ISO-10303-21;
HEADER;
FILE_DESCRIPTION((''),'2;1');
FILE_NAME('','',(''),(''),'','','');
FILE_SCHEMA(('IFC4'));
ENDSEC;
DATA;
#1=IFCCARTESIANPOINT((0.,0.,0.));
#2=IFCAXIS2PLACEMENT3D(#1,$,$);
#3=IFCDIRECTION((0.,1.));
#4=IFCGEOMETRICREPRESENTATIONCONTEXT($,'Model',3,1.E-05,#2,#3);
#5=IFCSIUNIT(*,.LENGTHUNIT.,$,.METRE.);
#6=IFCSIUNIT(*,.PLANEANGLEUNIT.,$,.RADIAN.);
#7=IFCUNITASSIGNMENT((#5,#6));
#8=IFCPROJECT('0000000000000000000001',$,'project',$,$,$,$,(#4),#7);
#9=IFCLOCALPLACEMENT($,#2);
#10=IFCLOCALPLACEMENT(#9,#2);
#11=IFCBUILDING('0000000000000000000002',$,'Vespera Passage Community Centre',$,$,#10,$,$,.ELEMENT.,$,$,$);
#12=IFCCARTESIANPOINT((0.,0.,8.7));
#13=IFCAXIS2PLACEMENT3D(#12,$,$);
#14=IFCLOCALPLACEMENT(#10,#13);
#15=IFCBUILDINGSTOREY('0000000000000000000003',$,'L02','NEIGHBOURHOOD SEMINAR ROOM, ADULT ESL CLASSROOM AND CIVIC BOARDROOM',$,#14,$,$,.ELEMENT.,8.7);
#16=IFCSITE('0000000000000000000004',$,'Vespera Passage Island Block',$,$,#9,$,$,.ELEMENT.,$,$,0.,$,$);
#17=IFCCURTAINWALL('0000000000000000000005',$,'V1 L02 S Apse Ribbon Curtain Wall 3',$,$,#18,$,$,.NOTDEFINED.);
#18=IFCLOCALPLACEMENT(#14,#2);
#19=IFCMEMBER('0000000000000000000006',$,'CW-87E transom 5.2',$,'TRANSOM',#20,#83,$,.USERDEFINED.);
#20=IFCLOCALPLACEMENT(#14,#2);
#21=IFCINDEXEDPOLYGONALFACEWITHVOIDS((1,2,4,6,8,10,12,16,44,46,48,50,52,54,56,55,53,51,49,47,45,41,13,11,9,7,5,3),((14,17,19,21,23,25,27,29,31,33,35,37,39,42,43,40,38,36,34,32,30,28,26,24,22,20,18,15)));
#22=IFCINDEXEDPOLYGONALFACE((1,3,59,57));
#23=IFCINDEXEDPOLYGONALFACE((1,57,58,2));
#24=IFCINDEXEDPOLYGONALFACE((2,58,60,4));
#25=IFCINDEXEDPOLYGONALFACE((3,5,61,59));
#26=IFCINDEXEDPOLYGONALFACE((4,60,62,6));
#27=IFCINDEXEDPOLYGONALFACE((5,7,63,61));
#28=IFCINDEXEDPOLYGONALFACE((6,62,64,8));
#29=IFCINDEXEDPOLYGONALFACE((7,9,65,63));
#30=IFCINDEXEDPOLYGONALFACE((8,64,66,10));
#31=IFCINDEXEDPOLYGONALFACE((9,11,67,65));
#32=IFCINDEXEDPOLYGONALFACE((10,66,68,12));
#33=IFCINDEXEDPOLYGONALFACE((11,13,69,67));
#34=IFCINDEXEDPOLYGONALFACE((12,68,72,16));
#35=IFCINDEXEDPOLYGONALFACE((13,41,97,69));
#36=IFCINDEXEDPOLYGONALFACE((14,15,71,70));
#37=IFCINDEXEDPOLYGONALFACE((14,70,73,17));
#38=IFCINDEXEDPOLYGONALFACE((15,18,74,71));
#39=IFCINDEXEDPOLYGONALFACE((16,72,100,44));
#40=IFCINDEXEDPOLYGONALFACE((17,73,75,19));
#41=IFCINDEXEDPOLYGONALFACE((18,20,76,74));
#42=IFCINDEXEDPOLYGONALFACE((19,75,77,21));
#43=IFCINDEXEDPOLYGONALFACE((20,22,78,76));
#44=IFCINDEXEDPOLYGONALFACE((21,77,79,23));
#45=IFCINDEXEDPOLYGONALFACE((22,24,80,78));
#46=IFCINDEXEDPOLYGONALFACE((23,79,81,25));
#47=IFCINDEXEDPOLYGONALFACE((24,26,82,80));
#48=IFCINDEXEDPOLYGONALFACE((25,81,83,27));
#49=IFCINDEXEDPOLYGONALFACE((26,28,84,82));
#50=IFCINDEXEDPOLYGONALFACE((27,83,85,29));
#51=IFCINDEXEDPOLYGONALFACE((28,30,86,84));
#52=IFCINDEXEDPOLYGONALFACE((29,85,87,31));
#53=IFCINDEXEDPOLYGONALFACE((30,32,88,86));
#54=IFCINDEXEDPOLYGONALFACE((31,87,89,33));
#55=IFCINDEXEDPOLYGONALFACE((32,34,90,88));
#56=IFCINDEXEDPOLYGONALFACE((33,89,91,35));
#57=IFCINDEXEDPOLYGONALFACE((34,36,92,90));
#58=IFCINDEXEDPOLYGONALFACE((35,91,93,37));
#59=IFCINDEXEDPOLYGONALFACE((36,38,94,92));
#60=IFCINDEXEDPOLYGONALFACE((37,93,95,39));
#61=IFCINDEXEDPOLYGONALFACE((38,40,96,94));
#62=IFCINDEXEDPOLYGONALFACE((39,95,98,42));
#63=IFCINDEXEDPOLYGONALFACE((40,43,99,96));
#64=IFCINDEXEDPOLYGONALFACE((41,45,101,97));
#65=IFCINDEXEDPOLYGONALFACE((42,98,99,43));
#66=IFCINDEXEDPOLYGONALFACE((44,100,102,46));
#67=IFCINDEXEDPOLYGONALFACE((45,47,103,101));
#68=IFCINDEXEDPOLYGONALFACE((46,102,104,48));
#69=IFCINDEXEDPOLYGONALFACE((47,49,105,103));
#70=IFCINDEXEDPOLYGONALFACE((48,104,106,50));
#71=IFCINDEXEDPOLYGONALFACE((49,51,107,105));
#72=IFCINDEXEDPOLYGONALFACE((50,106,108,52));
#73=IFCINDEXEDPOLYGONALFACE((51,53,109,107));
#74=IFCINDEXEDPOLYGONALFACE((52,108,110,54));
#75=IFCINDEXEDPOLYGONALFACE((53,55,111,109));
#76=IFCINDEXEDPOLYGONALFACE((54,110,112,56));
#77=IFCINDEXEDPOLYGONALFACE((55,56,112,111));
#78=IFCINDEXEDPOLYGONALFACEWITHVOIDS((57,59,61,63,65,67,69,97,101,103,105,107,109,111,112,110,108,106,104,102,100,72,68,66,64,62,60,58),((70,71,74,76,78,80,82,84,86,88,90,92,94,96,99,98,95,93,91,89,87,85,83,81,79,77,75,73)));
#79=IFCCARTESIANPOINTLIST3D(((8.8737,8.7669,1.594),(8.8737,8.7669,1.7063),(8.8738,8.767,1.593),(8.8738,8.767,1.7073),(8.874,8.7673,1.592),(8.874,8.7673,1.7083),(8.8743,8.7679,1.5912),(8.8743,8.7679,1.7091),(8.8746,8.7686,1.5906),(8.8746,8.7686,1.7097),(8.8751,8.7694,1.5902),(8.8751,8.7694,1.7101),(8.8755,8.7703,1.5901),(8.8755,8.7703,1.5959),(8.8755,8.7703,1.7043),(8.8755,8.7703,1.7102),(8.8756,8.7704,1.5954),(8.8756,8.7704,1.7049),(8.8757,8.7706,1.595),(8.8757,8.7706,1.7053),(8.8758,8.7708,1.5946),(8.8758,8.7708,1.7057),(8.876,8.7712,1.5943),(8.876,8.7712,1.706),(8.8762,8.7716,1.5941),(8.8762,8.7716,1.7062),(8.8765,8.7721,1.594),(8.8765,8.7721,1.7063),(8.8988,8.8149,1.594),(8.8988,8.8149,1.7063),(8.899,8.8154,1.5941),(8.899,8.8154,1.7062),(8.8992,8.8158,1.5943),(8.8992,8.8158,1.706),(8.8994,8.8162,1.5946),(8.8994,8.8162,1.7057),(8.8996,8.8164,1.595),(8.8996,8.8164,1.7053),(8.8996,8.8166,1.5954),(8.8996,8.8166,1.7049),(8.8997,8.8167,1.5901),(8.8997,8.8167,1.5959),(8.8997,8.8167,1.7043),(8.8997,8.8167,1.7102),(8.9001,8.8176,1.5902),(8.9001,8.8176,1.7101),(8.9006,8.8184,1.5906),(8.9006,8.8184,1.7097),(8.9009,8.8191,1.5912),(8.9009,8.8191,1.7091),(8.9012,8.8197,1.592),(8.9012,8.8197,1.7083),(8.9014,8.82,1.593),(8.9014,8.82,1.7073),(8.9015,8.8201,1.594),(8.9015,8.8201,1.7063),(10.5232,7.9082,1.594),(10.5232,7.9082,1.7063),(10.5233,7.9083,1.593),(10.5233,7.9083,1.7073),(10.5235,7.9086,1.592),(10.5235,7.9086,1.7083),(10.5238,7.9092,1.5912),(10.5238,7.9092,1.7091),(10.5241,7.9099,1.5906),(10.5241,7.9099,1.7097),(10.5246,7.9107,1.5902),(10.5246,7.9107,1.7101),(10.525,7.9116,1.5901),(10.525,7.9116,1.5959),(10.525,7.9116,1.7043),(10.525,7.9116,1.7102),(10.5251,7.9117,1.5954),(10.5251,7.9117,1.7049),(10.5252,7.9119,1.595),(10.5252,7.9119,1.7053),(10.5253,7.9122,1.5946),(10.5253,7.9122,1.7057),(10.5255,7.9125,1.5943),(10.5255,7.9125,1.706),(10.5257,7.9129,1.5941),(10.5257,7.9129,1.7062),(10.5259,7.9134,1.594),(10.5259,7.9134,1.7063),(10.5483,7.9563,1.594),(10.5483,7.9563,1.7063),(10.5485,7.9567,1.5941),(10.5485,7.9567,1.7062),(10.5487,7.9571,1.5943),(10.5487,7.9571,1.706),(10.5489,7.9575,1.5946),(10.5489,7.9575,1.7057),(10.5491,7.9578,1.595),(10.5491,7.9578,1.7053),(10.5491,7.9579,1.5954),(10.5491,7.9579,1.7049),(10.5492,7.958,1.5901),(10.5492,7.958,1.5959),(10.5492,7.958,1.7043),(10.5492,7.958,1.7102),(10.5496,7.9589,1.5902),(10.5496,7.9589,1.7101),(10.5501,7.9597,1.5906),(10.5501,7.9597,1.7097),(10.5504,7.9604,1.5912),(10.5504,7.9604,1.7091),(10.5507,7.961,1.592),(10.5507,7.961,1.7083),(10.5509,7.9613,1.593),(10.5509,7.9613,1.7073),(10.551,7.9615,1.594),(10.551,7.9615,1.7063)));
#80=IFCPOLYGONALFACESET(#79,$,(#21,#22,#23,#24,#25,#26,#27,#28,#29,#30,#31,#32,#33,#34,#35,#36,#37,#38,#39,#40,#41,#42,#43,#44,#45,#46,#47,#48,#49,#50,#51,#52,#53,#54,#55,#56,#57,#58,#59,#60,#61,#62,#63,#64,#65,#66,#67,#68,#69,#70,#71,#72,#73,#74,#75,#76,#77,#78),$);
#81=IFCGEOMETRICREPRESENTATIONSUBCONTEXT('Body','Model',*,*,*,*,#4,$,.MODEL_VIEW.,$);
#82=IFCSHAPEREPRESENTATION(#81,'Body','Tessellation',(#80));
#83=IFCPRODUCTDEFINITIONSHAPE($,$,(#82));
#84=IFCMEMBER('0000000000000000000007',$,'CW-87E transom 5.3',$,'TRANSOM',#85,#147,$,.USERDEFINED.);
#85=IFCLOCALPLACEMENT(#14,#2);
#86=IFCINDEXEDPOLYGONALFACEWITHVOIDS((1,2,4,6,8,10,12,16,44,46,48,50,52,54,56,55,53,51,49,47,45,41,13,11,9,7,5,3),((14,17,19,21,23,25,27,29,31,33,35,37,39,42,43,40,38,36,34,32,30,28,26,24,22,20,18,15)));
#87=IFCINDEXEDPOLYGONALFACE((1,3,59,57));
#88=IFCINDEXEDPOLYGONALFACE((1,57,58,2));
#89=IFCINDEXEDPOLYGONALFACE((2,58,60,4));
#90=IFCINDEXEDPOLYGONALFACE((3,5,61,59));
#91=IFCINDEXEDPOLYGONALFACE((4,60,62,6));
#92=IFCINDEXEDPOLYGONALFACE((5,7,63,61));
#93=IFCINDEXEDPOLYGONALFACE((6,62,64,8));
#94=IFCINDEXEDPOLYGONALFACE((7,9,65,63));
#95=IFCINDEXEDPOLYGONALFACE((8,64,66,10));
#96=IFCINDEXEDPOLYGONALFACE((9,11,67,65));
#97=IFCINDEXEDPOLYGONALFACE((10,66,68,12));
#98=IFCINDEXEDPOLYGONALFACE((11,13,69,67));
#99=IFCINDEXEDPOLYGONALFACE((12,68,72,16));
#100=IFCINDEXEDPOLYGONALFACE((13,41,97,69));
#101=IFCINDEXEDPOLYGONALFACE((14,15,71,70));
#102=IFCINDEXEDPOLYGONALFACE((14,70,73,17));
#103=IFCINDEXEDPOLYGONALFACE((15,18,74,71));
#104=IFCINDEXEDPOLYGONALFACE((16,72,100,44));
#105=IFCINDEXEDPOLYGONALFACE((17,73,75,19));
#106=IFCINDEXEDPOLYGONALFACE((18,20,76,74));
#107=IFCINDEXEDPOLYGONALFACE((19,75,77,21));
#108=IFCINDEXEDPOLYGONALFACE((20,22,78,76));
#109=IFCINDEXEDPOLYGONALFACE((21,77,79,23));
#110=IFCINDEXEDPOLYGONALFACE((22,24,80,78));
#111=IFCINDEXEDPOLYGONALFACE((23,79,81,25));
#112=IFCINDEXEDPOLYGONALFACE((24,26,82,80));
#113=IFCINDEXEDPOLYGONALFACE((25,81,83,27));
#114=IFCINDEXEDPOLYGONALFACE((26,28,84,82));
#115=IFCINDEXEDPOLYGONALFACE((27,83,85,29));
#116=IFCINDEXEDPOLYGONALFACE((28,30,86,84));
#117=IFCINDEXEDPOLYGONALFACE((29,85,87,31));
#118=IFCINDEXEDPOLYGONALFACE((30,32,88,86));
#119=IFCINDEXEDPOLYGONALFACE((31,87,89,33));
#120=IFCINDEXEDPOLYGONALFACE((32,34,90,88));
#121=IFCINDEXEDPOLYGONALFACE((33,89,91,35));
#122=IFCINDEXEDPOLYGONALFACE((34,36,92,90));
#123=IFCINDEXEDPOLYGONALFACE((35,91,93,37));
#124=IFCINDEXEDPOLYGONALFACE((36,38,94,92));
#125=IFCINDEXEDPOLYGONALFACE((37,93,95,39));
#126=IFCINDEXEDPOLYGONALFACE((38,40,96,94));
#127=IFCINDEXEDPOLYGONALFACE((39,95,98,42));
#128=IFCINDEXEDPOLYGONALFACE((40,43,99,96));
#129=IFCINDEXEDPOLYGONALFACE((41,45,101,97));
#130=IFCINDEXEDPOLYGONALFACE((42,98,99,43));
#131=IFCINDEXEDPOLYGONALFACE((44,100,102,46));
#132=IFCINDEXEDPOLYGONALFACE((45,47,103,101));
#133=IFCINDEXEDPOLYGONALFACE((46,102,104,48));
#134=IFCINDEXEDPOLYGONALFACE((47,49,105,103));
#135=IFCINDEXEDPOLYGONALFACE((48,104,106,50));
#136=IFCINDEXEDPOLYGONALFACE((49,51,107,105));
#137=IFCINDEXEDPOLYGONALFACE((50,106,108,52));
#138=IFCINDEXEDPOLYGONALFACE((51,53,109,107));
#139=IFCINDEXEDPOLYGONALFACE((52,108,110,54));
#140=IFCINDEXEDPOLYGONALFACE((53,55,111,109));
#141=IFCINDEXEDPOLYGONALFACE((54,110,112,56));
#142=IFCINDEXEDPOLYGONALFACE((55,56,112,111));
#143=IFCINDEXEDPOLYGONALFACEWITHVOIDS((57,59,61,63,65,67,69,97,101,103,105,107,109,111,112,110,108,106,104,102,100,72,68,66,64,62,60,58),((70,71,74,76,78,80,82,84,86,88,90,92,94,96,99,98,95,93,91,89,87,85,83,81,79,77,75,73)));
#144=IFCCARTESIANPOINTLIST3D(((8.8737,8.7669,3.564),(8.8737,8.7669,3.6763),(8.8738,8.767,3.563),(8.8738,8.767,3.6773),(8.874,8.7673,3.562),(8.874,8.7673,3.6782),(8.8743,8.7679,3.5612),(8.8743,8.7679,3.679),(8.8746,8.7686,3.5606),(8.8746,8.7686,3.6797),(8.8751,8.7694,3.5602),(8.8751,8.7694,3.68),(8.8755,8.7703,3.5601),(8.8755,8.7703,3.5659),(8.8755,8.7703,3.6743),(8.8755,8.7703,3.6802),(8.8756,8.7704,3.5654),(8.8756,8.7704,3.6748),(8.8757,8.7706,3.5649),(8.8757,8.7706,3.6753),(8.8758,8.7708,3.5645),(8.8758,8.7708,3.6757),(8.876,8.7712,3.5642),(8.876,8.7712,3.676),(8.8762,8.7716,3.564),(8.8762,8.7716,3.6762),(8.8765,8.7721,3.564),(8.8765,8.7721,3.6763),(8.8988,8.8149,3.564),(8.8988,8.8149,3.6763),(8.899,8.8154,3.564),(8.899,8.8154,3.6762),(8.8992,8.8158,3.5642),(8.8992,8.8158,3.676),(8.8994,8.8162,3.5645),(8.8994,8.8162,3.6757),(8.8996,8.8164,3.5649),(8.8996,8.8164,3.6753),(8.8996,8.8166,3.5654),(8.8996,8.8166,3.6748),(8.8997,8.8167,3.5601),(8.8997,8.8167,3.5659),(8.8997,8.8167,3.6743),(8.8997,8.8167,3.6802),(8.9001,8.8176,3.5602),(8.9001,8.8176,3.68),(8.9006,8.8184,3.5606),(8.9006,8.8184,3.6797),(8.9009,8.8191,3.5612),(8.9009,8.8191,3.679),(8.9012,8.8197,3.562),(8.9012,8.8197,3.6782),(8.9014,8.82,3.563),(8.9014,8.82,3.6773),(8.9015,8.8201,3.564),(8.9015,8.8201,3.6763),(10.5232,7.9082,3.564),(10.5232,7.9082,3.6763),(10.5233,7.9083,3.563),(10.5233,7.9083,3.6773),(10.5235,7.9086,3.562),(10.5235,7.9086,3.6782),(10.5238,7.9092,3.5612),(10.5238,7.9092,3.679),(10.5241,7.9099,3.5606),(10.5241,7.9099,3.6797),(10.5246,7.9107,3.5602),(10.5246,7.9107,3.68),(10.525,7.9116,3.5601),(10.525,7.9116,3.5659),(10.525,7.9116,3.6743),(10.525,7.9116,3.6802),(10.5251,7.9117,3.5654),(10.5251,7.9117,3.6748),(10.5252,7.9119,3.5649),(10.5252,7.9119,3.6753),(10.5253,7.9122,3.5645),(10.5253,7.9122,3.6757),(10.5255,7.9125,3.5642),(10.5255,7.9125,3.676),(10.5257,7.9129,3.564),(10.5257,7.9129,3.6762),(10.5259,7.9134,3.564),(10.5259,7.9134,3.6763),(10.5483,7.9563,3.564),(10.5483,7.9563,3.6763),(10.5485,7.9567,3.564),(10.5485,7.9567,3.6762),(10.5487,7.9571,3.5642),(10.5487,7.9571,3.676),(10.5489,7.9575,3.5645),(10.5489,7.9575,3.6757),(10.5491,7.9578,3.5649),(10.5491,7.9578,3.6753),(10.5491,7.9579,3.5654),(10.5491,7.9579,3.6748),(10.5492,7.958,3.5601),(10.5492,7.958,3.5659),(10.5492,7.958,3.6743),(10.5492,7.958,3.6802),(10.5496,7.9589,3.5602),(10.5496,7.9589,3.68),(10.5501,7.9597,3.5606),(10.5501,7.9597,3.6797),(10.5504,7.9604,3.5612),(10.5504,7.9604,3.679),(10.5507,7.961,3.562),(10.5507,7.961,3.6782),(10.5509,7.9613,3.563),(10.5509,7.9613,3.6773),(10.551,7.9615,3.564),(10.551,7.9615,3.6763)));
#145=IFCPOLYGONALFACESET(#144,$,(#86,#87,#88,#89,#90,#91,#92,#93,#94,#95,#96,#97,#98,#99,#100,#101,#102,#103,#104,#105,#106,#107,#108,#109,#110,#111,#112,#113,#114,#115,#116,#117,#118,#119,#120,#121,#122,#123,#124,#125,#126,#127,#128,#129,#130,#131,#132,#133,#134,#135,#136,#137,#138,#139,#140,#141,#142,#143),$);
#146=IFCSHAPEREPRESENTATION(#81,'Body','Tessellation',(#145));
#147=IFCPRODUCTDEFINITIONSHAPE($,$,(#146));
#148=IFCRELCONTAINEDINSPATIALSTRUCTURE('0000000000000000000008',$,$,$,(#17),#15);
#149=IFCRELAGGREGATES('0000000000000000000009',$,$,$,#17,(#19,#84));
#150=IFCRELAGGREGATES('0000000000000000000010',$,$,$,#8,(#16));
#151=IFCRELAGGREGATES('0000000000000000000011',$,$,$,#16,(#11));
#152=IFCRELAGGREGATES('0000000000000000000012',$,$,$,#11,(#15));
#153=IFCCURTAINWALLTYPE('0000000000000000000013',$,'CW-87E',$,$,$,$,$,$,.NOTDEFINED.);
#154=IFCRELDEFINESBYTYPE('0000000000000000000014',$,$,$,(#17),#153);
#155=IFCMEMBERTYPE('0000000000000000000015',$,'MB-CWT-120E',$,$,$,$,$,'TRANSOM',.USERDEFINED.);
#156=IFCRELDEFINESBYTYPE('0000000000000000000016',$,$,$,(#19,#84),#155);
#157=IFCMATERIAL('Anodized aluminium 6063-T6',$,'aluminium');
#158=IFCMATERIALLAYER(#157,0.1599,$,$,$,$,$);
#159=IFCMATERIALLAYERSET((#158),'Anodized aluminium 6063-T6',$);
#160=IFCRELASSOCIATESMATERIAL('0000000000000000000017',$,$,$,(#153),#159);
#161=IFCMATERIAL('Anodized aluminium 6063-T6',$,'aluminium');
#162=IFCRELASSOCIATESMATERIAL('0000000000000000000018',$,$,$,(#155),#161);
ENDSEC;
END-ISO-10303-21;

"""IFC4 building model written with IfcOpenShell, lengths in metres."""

from ifc_helpers import new_model, si_unit, direction, frame, origin, origin_2d, place, context, subcontext, project, spatial, hollow_rectangle, extrude, material, layer, layer_set, material_profile, profile_set, type_object, element, aggregate, save


model = new_model("IFC4")

# Units and contexts
model_context = context("Model", 3, precision=1e-05, world=origin(), true_north=direction((0.0, 1.0)))
body_context = subcontext(model_context, "Body", "Model", "MODEL_VIEW")
ifc_project = project(units=[si_unit("LENGTHUNIT", "METRE"), si_unit("PLANEANGLEUNIT", "RADIAN")], contexts=[model_context])

# Site, building, storey
site_placement = place(None, origin())
site = spatial("IfcSite", under=ifc_project, at=site_placement, Name="Vespera Passage Island Block", CompositionType="ELEMENT", RefElevation=0.0)
building_placement = place(site_placement, origin())
building = spatial("IfcBuilding", under=site, at=building_placement, Name="Vespera Passage Community Centre", CompositionType="ELEMENT")
storey_placement = place(building_placement, frame((0.0, 0.0, 8.7)))
storey = spatial("IfcBuildingStorey", under=building, at=storey_placement, Name="L02", Description="NEIGHBOURHOOD SEMINAR ROOM, ADULT ESL CLASSROOM AND CIVIC BOARDROOM", CompositionType="ELEMENT", Elevation=8.7)

# Curtain wall
ifc_material_1 = material(Name="Anodized aluminium 6063-T6", Category="aluminium")
ifc_layer_1 = layer(ifc_material_1, 0.1599)
ifc_layer_set_1 = layer_set([ifc_layer_1], Name="Anodized aluminium 6063-T6")
curtain_wall_type_1 = type_object("IfcCurtainWallType", Name="CW-87E", PredefinedType="NOTDEFINED", material=ifc_layer_set_1)
curtain_wall_1_placement = place(storey_placement, origin())
curtain_wall_1 = element("IfcCurtainWall", 1, at=curtain_wall_1_placement, inside=storey, type_object=curtain_wall_type_1, Name="V1 L02 S Apse Ribbon Curtain Wall 3", PredefinedType="NOTDEFINED")
ifc_material_2 = material(Name="Anodized aluminium 6063-T6", Category="aluminium")
ifc_material_profile_1 = material_profile(ifc_material_2, hollow_rectangle(XDim=0.0601, YDim=0.1201, WallThickness=0.0039, InnerFilletRadius=0.002, OuterFilletRadius=0.0039, at=origin_2d()), Name="ALU120X60X4")
ifc_profile_set_1 = profile_set([ifc_material_profile_1], Name="Anodized aluminium 6063-T6")
member_type_1 = type_object("IfcMemberType", Name="MB-CWT-120E", ElementType="TRANSOM", PredefinedType="USERDEFINED", material=ifc_profile_set_1)

# Members
member_1_placement = place(storey_placement, frame((10.5371, 7.9348, 1.6501), z_axis=(-0.887008, 0.461754, 0.0), x_axis=(-0.461754, -0.887008, 0.0)))
member_1 = element("IfcMember", 2, at=member_1_placement, type_object=member_type_1, Name="CW-87E transom 5.2", ObjectType="TRANSOM", PredefinedType="USERDEFINED", context=body_context, shape_type="SweptSolid", body=[
    extrude(hollow_rectangle(XDim=0.0601, YDim=0.1201, WallThickness=0.0039, InnerFilletRadius=0.002, OuterFilletRadius=0.0039, at=origin_2d()), origin(), (0.0, 0.0, 1.0), 1.8596),
])
member_2_placement = place(storey_placement, frame((10.5371, 7.9348, 3.6201), z_axis=(-0.887008, 0.461754, 0.0), x_axis=(-0.461754, -0.887008, 0.0)))
member_2 = element("IfcMember", 3, at=member_2_placement, type_object=member_type_1, Name="CW-87E transom 5.3", ObjectType="TRANSOM", PredefinedType="USERDEFINED", context=body_context, shape_type="SweptSolid", body=[
    extrude(hollow_rectangle(XDim=0.0601, YDim=0.1201, WallThickness=0.0039, InnerFilletRadius=0.002, OuterFilletRadius=0.0039, at=origin_2d()), origin(), (0.0, 0.0, 1.0), 1.8596),
])

aggregate(curtain_wall_1, [member_1, member_2])

save(model, "model.ifc")
